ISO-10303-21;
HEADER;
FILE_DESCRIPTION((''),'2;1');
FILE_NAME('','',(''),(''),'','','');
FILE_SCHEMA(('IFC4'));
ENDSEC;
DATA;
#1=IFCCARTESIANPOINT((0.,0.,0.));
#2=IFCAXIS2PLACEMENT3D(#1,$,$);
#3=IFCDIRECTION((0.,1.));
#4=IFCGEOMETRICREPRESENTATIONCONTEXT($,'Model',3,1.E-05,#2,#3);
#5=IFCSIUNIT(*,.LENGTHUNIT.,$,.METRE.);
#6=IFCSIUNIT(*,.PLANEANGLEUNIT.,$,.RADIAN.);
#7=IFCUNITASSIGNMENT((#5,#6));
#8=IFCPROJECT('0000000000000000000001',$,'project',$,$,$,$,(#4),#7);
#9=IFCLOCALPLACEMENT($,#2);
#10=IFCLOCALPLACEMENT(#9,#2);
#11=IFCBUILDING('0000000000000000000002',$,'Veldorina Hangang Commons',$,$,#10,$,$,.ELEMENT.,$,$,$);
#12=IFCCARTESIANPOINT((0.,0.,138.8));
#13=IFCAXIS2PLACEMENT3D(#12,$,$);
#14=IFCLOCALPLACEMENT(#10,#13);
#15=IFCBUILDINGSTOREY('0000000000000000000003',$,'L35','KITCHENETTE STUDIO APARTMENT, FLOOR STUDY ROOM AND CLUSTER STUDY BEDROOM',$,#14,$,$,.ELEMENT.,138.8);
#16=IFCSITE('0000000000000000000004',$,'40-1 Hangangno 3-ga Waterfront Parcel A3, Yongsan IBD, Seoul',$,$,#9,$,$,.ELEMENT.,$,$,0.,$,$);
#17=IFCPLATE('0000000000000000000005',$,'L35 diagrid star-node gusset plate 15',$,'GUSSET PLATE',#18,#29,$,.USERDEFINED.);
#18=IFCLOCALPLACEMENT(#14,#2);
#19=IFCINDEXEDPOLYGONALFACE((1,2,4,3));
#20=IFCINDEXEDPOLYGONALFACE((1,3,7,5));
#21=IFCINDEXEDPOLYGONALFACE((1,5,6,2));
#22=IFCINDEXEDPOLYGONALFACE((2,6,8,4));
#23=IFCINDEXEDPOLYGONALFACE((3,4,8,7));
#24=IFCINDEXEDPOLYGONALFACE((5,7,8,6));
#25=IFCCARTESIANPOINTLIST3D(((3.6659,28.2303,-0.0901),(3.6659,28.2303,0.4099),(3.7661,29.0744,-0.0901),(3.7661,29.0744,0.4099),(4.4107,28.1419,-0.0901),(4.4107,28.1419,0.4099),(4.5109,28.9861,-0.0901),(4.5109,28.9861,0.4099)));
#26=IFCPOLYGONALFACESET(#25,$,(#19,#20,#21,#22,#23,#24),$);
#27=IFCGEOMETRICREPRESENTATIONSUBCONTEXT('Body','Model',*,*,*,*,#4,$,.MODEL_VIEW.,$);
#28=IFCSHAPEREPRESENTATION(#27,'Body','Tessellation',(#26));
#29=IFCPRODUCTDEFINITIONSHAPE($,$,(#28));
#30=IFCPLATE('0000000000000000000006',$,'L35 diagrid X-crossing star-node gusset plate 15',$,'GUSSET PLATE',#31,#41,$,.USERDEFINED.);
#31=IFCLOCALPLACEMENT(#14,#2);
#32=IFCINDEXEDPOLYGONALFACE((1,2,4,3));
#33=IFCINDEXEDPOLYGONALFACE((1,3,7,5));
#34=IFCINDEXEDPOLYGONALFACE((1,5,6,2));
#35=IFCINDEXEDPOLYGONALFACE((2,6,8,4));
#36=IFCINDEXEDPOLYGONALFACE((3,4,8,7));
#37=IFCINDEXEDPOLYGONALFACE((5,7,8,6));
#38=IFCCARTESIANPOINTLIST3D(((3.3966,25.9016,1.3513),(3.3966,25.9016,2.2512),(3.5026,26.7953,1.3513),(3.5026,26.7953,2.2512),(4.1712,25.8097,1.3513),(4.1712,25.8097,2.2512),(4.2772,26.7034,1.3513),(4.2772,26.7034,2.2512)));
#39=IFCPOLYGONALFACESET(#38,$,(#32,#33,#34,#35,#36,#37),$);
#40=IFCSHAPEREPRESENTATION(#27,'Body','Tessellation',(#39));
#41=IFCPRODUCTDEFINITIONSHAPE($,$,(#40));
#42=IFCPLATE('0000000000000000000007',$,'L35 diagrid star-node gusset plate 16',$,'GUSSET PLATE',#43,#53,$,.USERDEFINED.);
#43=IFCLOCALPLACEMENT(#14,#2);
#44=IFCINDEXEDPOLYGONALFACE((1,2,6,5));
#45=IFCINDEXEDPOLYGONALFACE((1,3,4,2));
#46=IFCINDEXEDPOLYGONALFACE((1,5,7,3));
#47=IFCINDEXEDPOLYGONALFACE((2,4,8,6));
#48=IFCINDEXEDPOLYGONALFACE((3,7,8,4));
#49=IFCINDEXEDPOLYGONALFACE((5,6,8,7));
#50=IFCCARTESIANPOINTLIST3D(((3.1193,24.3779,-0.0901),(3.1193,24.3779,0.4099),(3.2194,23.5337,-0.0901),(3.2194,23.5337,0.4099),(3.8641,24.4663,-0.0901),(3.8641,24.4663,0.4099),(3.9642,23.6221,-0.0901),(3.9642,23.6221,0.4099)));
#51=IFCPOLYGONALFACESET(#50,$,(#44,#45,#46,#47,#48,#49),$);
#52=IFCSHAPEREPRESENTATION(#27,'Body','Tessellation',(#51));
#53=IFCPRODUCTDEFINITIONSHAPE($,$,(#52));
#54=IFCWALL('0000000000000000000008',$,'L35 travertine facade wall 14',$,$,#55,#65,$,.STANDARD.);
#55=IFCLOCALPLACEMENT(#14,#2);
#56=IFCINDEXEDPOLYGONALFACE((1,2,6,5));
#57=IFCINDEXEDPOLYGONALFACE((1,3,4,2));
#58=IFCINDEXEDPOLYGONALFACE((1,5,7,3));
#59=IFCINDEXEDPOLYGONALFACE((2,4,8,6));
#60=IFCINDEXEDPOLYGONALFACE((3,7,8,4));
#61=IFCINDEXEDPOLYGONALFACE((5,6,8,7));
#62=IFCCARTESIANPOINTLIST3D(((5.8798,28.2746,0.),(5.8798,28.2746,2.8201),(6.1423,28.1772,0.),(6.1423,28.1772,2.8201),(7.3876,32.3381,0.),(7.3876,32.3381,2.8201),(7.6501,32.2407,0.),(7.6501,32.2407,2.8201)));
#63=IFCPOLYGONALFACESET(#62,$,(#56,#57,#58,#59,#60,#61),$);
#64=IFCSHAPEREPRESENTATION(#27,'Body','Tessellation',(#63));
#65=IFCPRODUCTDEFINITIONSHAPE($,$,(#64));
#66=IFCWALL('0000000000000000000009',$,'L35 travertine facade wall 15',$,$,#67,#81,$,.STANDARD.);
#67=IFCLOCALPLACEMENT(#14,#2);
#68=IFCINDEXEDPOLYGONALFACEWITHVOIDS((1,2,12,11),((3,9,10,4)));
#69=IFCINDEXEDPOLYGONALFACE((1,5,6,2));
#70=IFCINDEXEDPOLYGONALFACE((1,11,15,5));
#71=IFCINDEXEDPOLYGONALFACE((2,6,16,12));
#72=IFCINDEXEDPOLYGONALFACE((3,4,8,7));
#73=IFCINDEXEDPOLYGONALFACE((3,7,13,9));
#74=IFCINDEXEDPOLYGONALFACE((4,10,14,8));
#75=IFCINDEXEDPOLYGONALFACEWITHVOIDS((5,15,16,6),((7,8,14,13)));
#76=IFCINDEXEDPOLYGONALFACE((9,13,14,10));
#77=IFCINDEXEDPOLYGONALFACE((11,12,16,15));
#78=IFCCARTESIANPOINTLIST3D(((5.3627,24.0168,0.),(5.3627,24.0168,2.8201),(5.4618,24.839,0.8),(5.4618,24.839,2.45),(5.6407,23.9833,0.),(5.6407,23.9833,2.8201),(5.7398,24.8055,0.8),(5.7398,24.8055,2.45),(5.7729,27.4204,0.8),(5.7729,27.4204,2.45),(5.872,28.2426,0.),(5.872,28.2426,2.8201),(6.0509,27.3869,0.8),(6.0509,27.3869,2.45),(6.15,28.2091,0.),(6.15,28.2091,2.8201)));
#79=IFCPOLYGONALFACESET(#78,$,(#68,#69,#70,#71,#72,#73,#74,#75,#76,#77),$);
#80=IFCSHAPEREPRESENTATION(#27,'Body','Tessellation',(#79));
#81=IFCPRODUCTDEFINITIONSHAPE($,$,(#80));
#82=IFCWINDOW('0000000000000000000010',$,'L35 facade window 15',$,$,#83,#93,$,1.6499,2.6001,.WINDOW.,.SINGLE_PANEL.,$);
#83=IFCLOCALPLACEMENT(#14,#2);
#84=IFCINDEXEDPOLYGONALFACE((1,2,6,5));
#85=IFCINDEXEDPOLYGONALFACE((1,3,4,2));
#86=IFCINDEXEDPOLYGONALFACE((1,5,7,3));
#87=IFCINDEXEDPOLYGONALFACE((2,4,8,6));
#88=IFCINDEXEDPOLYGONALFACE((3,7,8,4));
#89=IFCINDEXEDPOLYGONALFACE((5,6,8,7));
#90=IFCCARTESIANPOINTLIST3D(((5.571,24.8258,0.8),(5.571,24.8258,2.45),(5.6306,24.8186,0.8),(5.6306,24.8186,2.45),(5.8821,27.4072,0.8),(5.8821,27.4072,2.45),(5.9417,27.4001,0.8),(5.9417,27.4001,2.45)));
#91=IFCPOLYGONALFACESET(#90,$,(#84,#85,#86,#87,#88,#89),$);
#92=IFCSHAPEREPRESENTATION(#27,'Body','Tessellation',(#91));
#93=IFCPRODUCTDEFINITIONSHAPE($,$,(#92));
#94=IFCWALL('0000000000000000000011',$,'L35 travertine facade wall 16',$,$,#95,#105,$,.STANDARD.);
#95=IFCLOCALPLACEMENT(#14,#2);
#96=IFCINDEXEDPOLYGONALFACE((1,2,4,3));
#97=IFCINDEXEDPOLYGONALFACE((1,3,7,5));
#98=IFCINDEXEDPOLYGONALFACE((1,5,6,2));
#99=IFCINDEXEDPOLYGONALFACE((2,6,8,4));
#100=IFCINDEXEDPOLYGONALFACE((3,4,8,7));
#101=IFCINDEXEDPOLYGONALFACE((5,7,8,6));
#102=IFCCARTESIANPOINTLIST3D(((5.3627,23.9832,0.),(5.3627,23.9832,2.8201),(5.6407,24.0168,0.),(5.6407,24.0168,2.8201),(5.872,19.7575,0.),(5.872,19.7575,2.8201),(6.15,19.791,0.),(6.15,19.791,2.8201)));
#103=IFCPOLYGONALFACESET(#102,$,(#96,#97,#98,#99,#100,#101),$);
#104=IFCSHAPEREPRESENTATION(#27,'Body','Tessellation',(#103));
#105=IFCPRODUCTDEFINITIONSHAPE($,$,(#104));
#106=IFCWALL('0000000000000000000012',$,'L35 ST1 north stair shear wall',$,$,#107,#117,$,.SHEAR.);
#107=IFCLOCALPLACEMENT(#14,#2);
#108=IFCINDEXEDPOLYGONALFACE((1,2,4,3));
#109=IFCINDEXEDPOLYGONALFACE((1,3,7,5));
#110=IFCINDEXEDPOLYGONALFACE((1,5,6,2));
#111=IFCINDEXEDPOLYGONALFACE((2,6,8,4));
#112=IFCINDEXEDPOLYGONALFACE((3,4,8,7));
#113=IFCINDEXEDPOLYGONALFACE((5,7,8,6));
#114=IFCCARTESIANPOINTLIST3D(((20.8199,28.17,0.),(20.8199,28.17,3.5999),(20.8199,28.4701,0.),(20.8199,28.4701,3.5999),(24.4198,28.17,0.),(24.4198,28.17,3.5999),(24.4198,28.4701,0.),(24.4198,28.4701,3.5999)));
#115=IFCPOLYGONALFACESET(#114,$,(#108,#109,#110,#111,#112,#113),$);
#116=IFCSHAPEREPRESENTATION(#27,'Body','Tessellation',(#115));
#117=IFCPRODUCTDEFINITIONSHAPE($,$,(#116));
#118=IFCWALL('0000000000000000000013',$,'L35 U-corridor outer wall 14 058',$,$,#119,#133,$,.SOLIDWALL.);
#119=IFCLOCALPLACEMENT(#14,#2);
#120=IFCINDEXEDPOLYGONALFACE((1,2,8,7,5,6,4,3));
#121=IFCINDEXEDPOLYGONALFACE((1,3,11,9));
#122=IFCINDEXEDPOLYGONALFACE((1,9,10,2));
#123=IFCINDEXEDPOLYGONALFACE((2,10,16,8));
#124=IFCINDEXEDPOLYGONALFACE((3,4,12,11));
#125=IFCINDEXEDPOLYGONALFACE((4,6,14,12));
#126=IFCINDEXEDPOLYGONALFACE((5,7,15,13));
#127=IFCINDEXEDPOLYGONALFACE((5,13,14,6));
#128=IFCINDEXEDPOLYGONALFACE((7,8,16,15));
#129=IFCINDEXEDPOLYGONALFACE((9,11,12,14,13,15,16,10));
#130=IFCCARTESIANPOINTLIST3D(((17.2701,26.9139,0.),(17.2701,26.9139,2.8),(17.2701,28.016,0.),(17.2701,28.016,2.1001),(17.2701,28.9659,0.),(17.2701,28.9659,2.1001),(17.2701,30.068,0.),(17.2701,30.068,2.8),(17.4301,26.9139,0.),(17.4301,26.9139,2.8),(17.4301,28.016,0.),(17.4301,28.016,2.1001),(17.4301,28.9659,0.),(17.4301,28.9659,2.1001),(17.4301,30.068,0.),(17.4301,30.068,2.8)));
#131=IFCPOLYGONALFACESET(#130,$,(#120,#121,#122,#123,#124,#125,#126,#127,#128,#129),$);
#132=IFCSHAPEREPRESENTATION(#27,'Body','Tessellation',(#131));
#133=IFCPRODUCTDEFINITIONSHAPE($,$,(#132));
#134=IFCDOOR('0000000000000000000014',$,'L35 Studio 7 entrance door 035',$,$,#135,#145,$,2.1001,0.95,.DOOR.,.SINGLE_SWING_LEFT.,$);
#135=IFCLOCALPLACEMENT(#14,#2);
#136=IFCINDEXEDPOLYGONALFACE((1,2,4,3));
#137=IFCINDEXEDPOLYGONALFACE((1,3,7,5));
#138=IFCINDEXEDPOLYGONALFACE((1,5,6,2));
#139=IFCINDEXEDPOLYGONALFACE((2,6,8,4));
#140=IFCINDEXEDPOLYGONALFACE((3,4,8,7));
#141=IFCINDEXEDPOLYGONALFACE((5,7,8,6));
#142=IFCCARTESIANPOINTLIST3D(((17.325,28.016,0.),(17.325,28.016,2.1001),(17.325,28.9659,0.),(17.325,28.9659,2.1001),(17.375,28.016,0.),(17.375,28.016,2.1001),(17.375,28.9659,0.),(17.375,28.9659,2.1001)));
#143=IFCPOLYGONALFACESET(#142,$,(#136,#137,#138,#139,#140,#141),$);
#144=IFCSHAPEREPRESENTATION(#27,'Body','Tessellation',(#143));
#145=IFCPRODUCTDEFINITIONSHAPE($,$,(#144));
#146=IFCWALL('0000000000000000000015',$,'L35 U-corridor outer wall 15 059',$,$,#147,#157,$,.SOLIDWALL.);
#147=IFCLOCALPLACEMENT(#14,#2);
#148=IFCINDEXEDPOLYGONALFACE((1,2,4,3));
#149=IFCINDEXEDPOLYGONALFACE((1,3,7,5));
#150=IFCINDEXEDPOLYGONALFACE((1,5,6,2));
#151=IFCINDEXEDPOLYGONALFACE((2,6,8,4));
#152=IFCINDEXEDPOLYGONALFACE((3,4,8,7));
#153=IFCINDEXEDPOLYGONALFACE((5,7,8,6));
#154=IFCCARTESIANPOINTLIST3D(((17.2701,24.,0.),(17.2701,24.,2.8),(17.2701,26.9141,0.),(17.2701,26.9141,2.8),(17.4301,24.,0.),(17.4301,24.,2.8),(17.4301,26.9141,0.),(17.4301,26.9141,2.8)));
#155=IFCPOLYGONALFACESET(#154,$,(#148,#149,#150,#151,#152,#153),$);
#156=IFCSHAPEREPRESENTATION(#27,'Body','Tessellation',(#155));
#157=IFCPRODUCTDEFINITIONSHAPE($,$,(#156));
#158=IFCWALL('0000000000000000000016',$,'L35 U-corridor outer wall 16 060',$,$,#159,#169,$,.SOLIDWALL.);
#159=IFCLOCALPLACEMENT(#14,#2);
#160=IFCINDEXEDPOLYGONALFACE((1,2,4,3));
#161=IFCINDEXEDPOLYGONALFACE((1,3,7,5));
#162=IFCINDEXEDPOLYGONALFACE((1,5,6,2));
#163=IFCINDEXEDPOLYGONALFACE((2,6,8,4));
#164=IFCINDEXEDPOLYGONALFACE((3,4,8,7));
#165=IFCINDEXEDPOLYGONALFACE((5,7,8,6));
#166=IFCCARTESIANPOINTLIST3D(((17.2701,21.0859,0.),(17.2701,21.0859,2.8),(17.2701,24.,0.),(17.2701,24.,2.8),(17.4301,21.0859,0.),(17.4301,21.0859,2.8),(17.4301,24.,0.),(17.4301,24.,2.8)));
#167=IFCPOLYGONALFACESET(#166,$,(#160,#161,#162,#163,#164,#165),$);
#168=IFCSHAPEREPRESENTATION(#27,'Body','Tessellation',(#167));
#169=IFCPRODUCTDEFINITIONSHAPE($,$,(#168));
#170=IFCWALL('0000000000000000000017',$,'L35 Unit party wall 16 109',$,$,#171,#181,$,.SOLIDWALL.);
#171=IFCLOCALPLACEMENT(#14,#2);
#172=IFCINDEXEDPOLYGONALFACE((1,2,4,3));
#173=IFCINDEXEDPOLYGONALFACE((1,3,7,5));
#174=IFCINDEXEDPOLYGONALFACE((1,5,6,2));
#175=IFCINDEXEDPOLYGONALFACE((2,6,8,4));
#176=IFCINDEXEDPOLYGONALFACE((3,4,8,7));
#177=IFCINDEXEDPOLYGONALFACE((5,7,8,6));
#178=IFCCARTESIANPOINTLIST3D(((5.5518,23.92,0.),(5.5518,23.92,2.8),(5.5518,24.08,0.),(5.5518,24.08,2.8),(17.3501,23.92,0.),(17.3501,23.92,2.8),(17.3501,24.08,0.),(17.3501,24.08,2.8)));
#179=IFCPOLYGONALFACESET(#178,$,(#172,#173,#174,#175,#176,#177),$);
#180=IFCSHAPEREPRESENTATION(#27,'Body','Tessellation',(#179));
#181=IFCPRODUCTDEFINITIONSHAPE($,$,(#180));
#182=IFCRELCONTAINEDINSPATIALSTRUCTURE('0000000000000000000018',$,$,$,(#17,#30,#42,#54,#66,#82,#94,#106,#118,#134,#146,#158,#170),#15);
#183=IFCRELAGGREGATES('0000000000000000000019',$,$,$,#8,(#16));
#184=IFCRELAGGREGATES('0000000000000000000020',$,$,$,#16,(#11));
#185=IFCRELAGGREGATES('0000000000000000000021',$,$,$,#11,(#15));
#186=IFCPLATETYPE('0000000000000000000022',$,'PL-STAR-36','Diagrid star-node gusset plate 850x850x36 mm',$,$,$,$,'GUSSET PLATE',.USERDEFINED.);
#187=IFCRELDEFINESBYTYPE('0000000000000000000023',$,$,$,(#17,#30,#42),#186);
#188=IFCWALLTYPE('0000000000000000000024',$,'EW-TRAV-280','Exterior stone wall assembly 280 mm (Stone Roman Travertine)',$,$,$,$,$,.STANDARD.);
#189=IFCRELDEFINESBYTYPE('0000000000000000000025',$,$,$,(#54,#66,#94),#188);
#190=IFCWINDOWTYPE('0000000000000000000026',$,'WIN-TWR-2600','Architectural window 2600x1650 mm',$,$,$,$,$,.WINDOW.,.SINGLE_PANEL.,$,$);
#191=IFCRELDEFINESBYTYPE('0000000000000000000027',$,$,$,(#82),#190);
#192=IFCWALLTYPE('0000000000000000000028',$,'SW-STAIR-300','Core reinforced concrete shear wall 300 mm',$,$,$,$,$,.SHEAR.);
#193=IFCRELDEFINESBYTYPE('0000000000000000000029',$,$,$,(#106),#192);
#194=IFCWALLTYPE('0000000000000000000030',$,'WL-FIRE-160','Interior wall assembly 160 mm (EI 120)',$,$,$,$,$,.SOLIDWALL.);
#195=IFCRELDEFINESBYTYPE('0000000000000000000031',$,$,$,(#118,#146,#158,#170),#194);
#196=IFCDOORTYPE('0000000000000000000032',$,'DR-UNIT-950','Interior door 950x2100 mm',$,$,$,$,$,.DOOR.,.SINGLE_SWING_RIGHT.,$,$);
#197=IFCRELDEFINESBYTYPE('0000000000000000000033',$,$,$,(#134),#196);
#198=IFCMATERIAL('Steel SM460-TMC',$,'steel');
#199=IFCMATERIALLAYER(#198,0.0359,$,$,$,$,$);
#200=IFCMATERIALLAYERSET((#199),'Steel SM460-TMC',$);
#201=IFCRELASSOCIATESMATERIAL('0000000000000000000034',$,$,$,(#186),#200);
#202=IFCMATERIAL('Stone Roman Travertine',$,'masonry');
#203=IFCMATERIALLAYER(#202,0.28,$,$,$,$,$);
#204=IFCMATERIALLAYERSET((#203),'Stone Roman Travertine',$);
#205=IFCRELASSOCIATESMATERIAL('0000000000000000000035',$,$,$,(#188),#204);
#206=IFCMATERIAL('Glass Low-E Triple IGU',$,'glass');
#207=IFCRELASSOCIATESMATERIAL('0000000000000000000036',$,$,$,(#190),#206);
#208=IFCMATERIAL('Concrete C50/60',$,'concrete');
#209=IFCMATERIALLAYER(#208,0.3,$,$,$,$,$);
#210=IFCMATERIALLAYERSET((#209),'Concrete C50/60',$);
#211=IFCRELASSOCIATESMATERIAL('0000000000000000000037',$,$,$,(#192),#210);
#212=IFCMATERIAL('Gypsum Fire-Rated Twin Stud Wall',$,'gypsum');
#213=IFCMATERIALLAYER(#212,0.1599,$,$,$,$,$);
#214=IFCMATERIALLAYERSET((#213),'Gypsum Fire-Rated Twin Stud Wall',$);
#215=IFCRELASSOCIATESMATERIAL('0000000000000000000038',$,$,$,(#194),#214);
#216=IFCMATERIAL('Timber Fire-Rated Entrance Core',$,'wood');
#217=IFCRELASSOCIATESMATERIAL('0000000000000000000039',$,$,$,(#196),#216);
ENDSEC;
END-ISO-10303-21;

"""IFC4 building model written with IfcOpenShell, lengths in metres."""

from ifc_helpers import new_model, si_unit, direction, frame, frame_2d, origin, origin_2d, place, context, subcontext, project, spatial, rectangle, extrude, material, layer, layer_set, type_object, element, fill, save


model = new_model("IFC4")

# Units and contexts
model_context = context("Model", 3, precision=1e-05, world=origin(), true_north=direction((0.0, 1.0)))
body_context = subcontext(model_context, "Body", "Model", "MODEL_VIEW")
ifc_project = project(units=[si_unit("LENGTHUNIT", "METRE"), si_unit("PLANEANGLEUNIT", "RADIAN")], contexts=[model_context])

# Site, building, storey
site_placement = place(None, origin())
site = spatial("IfcSite", under=ifc_project, at=site_placement, Name="40-1 Hangangno 3-ga Waterfront Parcel A3, Yongsan IBD, Seoul", CompositionType="ELEMENT", RefElevation=0.0)
building_placement = place(site_placement, origin())
building = spatial("IfcBuilding", under=site, at=building_placement, Name="Veldorina Hangang Commons", CompositionType="ELEMENT")
storey_placement = place(building_placement, frame((0.0, 0.0, 138.8)))
storey = spatial("IfcBuildingStorey", under=building, at=storey_placement, Name="L35", Description="KITCHENETTE STUDIO APARTMENT, FLOOR STUDY ROOM AND CLUSTER STUDY BEDROOM", CompositionType="ELEMENT", Elevation=138.8)

# Plates
ifc_material_1 = material(Name="Steel SM460-TMC", Category="steel")
ifc_layer_1 = layer(ifc_material_1, 0.0359)
ifc_layer_set_1 = layer_set([ifc_layer_1], Name="Steel SM460-TMC")
plate_type = type_object("IfcPlateType", Name="PL-STAR-36", Description="Diagrid star-node gusset plate 850x850x36 mm", ElementType="GUSSET PLATE", PredefinedType="USERDEFINED", material=ifc_layer_set_1)
plate_1_placement = place(storey_placement, frame((4.0884, 28.6082, -0.0901), z_axis=(0.0, 0.0, 1.0), x_axis=(-0.117832, -0.993034, 0.0)))
element("IfcPlate", 1, at=plate_1_placement, inside=storey, type_object=plate_type, Name="L35 diagrid star-node gusset plate 15", ObjectType="GUSSET PLATE", PredefinedType="USERDEFINED", context=body_context, shape_type="SweptSolid", body=[
    extrude(rectangle(XDim=0.8501, YDim=0.75, at=origin_2d()), origin(), (0.0, 0.0, 1.0), 0.5),
])
plate_2_placement = place(storey_placement, frame((3.8369, 26.3025, 1.3513), z_axis=(0.0, 0.0, 1.0), x_axis=(-0.117832, -0.993034, 0.0)))
element("IfcPlate", 2, at=plate_2_placement, inside=storey, type_object=plate_type, Name="L35 diagrid X-crossing star-node gusset plate 15", ObjectType="GUSSET PLATE", PredefinedType="USERDEFINED", context=body_context, shape_type="SweptSolid", body=[
    extrude(rectangle(XDim=0.8999, YDim=0.78, at=origin_2d()), origin(), (0.0, 0.0, 1.0), 0.8999),
])
plate_3_placement = place(storey_placement, frame((3.5417, 24.0, -0.0901), z_axis=(0.0, 0.0, 1.0), x_axis=(0.117832, -0.993034, 0.0)))
element("IfcPlate", 3, at=plate_3_placement, inside=storey, type_object=plate_type, Name="L35 diagrid star-node gusset plate 16", ObjectType="GUSSET PLATE", PredefinedType="USERDEFINED", context=body_context, shape_type="SweptSolid", body=[
    extrude(rectangle(XDim=0.8501, YDim=0.75, at=origin_2d()), origin(), (0.0, 0.0, 1.0), 0.5),
])

# Wall
ifc_material_2 = material(Name="Stone Roman Travertine", Category="masonry")
ifc_layer_2 = layer(ifc_material_2, 0.28)
ifc_layer_set_2 = layer_set([ifc_layer_2], Name="Stone Roman Travertine")
wall_type_1 = type_object("IfcWallType", Name="EW-TRAV-280", Description="Exterior stone wall assembly 280 mm (Stone Roman Travertine)", PredefinedType="STANDARD", material=ifc_layer_set_2)
wall_1_placement = place(storey_placement, frame((7.5188, 32.2893, 0.0), z_axis=(0.0, 0.0, 1.0), x_axis=(-0.347887, -0.937537, 0.0)))
element("IfcWall", 4, at=wall_1_placement, inside=storey, type_object=wall_type_1, Name="L35 travertine facade wall 14", PredefinedType="STANDARD", context=body_context, shape_type="SweptSolid", body=[
    extrude(rectangle(XDim=4.3342, YDim=0.28, at=frame_2d((2.167, 0.0))), origin(), (0.0, 0.0, 1.0), 2.8201),
])

# Wall, opening, window
wall_2_placement = place(storey_placement, frame((6.011, 28.2258, 0.0), z_axis=(0.0, 0.0, 1.0), x_axis=(-0.11965, -0.992816, 0.0)))
wall_2 = element("IfcWall", 5, at=wall_2_placement, inside=storey, type_object=wall_type_1, Name="L35 travertine facade wall 15", PredefinedType="STANDARD", context=body_context, shape_type="SweptSolid", body=[
    extrude(rectangle(XDim=4.2563, YDim=0.28, at=frame_2d((2.1282, 0.0))), origin(), (0.0, 0.0, 1.0), 2.8201),
])
opening_1_placement = place(wall_2_placement, frame((0.8281, 0.0, 0.8)))
opening_1 = element("IfcOpeningElement", 6, at=opening_1_placement, cuts=wall_2, PredefinedType="OPENING", context=body_context, shape_type="SweptSolid", body=[
    extrude(rectangle(XDim=2.6001, YDim=1.6499, at=frame_2d((1.3, 0.825))), frame((0.0, 0.1499, 0.0), z_axis=(0.0, -1.0, 0.0), x_axis=(1.0, 0.0, 0.0)), (0.0, 0.0, 1.0), 0.3),
])
ifc_material_3 = material(Name="Glass Low-E Triple IGU", Category="glass")
window_type = type_object("IfcWindowType", Name="WIN-TWR-2600", Description="Architectural window 2600x1650 mm", PartitioningType="SINGLE_PANEL", PredefinedType="WINDOW", material=ifc_material_3)
window_placement = place(opening_1_placement, origin())
window = element("IfcWindow", 7, at=window_placement, inside=storey, type_object=window_type, Name="L35 facade window 15", OverallHeight=1.6499, OverallWidth=2.6001, PartitioningType="SINGLE_PANEL", PredefinedType="WINDOW", context=body_context, shape_type="SweptSolid", body=[
    extrude(rectangle(XDim=2.6001, YDim=1.6499, at=frame_2d((1.3, 0.825))), frame((0.0, 0.03, 0.0), z_axis=(0.0, -1.0, 0.0), x_axis=(1.0, 0.0, 0.0)), (0.0, 0.0, 1.0), 0.0601),
])
fill(opening_1, window)

# Walls
wall_3_placement = place(storey_placement, frame((5.5017, 24.0, 0.0), z_axis=(0.0, 0.0, 1.0), x_axis=(0.11965, -0.992816, 0.0)))
element("IfcWall", 8, at=wall_3_placement, inside=storey, type_object=wall_type_1, Name="L35 travertine facade wall 16", PredefinedType="STANDARD", context=body_context, shape_type="SweptSolid", body=[
    extrude(rectangle(XDim=4.2563, YDim=0.28, at=frame_2d((2.1282, 0.0))), origin(), (0.0, 0.0, 1.0), 2.8201),
])
ifc_material_4 = material(Name="Concrete C50/60", Category="concrete")
ifc_layer_3 = layer(ifc_material_4, 0.3)
ifc_layer_set_3 = layer_set([ifc_layer_3], Name="Concrete C50/60")
wall_type_2 = type_object("IfcWallType", Name="SW-STAIR-300", Description="Core reinforced concrete shear wall 300 mm", PredefinedType="SHEAR", material=ifc_layer_set_3)
wall_4_placement = place(storey_placement, frame((20.8201, 28.3201, 0.0), z_axis=(0.0, 0.0, 1.0), x_axis=(1.0, 0.0, 0.0)))
element("IfcWall", 9, at=wall_4_placement, inside=storey, type_object=wall_type_2, Name="L35 ST1 north stair shear wall", PredefinedType="SHEAR", context=body_context, shape_type="SweptSolid", body=[
    extrude(rectangle(XDim=3.5999, YDim=0.3, at=frame_2d((1.7998, 0.0))), origin(), (0.0, 0.0, 1.0), 3.5999),
])

# Wall, opening, door
ifc_material_5 = material(Name="Gypsum Fire-Rated Twin Stud Wall", Category="gypsum")
ifc_layer_4 = layer(ifc_material_5, 0.1599)
ifc_layer_set_4 = layer_set([ifc_layer_4], Name="Gypsum Fire-Rated Twin Stud Wall")
wall_type_3 = type_object("IfcWallType", Name="WL-FIRE-160", Description="Interior wall assembly 160 mm (EI 120)", PredefinedType="SOLIDWALL", material=ifc_layer_set_4)
wall_5_placement = place(storey_placement, frame((17.3501, 30.0681, 0.0), z_axis=(0.0, 0.0, 1.0), x_axis=(0.0, -1.0, 0.0)))
wall_5 = element("IfcWall", 10, at=wall_5_placement, inside=storey, type_object=wall_type_3, Name="L35 U-corridor outer wall 14 058", PredefinedType="SOLIDWALL", context=body_context, shape_type="SweptSolid", body=[
    extrude(rectangle(XDim=3.1541, YDim=0.1599, at=frame_2d((1.5771, 0.0))), origin(), (0.0, 0.0, 1.0), 2.8),
])
opening_2_placement = place(wall_5_placement, frame((1.1021, 0.0, 0.0)))
opening_2 = element("IfcOpeningElement", 11, at=opening_2_placement, cuts=wall_5, PredefinedType="OPENING", context=body_context, shape_type="SweptSolid", body=[
    extrude(rectangle(XDim=0.95, YDim=2.1001, at=frame_2d((0.4751, 1.05))), frame((0.0, 0.0898, 0.0), z_axis=(0.0, -1.0, 0.0), x_axis=(1.0, 0.0, 0.0)), (0.0, 0.0, 1.0), 0.1799),
])
ifc_material_6 = material(Name="Timber Fire-Rated Entrance Core", Category="wood")
door_type_1 = type_object("IfcDoorType", Name="DR-UNIT-950", Description="Interior door 950x2100 mm", OperationType="SINGLE_SWING_RIGHT", PredefinedType="DOOR", material=ifc_material_6)
door_1_placement = place(opening_2_placement, origin())
door_1 = element("IfcDoor", 12, at=door_1_placement, inside=storey, type_object=door_type_1, Name="L35 Studio 7 entrance door 035", OperationType="SINGLE_SWING_LEFT", OverallHeight=2.1001, OverallWidth=0.95, PredefinedType="DOOR", context=body_context, shape_type="SweptSolid", body=[
    extrude(rectangle(XDim=0.95, YDim=2.1001, at=frame_2d((0.4751, 1.05))), frame((0.0, 0.0249, 0.0), z_axis=(0.0, -1.0, 0.0), x_axis=(1.0, 0.0, 0.0)), (0.0, 0.0, 1.0), 0.05),
])
fill(opening_2, door_1)

# Walls
for number, where, z_axis, x_axis, name in (
    (13, (17.3501, 26.9141, 0.0), (0.0, 0.0, 1.0), (0.0, -1.0, 0.0), "L35 U-corridor outer wall 15 059"),
    (14, (17.3501, 24.0, 0.0), (0.0, 0.0, 1.0), (0.0, -1.0, 0.0), "L35 U-corridor outer wall 16 060"),
):
    element("IfcWall", number, at=place(storey_placement, frame(where, z_axis=z_axis, x_axis=x_axis)), inside=storey, type_object=wall_type_3, Name=name, PredefinedType="SOLIDWALL", context=body_context, shape_type="SweptSolid", body=[
        extrude(rectangle(XDim=2.9141, YDim=0.1599, at=frame_2d((1.457, 0.0))), origin(), (0.0, 0.0, 1.0), 2.8),
    ])
wall_6_placement = place(storey_placement, frame((17.3501, 24.0, 0.0), z_axis=(0.0, 0.0, 1.0), x_axis=(-1.0, 0.0, 0.0)))
element("IfcWall", 15, at=wall_6_placement, inside=storey, type_object=wall_type_3, Name="L35 Unit party wall 16 109", PredefinedType="SOLIDWALL", context=body_context, shape_type="SweptSolid", body=[
    extrude(rectangle(XDim=11.7983, YDim=0.1599, at=frame_2d((5.8992, 0.0))), origin(), (0.0, 0.0, 1.0), 2.8),
])

save(model, "model.ifc")
